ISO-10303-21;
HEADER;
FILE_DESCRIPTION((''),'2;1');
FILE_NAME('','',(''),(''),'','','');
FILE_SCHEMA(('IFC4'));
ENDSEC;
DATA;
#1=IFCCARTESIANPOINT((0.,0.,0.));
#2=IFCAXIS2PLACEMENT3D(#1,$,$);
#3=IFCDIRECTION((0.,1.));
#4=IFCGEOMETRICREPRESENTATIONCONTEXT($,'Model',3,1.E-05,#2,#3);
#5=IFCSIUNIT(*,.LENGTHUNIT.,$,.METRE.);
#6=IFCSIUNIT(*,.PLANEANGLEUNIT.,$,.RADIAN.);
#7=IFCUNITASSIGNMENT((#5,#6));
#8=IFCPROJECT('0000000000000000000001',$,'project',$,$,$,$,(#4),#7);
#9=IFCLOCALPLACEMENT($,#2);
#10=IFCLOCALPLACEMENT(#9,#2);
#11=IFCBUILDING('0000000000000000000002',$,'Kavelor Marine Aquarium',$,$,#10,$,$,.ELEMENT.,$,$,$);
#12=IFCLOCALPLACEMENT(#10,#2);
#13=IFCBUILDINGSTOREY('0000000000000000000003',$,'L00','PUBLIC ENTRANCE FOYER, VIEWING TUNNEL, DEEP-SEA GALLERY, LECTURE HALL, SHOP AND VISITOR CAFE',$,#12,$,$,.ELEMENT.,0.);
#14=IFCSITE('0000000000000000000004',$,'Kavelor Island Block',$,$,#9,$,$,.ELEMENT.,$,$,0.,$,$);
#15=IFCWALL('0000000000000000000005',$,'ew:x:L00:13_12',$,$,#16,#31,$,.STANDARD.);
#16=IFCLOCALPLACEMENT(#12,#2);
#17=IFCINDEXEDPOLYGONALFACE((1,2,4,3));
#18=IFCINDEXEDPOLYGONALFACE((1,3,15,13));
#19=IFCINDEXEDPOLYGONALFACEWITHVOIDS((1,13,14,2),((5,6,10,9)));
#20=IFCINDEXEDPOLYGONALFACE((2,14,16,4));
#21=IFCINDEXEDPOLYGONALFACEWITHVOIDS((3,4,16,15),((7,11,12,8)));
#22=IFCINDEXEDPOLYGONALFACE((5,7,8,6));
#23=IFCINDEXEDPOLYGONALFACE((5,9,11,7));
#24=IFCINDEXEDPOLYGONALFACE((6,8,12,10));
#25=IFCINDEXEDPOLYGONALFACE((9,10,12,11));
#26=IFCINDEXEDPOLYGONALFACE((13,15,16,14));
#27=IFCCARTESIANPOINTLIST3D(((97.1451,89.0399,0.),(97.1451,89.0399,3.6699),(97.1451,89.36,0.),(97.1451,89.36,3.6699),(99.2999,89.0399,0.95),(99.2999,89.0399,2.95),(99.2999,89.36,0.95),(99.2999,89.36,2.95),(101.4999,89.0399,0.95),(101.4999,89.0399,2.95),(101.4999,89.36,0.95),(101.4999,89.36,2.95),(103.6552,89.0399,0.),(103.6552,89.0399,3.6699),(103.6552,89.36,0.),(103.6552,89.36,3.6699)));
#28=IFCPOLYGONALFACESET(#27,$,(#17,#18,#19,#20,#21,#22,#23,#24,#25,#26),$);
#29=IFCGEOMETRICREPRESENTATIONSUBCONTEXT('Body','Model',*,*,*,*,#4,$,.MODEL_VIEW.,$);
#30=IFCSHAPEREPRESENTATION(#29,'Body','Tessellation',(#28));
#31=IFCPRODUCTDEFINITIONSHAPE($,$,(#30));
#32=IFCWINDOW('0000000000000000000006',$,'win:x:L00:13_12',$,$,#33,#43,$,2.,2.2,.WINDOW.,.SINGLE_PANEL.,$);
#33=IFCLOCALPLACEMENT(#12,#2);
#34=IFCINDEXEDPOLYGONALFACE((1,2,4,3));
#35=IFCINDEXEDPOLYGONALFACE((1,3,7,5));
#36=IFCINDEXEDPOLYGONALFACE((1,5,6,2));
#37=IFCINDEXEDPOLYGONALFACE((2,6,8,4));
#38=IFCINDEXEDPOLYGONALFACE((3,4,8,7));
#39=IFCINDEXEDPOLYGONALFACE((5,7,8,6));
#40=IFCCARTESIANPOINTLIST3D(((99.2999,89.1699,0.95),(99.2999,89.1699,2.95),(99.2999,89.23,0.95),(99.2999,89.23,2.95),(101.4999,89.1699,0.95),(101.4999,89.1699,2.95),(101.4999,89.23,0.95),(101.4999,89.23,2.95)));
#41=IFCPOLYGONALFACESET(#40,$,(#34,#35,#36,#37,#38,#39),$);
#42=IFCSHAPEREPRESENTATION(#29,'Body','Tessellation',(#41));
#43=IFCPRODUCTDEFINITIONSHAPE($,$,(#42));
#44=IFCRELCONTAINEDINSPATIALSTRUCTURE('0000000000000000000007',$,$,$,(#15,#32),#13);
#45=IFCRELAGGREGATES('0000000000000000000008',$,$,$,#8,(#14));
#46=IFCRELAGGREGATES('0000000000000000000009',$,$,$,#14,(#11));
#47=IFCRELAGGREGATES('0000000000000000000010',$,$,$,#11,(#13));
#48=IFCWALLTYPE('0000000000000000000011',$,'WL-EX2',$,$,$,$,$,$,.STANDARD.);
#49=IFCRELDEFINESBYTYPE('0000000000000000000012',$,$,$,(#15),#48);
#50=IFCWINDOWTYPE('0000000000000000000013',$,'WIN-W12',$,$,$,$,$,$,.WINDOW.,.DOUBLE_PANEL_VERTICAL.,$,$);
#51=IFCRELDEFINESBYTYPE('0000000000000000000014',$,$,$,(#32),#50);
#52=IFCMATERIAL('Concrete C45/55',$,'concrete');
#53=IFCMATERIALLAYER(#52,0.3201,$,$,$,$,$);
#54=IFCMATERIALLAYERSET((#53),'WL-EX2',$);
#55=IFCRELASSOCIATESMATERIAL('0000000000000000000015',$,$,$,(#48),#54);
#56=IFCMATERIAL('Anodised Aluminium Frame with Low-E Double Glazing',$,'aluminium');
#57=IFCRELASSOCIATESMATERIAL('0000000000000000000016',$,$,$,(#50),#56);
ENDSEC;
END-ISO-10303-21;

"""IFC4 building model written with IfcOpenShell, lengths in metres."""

from ifc_helpers import new_model, si_unit, direction, frame, frame_2d, origin, place, context, subcontext, project, spatial, rectangle, extrude, material, layer, layer_set, type_object, element, fill, save


model = new_model("IFC4")

# Units and contexts
model_context = context("Model", 3, precision=1e-05, world=origin(), true_north=direction((0.0, 1.0)))
body_context = subcontext(model_context, "Body", "Model", "MODEL_VIEW")
ifc_project = project(units=[si_unit("LENGTHUNIT", "METRE"), si_unit("PLANEANGLEUNIT", "RADIAN")], contexts=[model_context])

# Site, building, storey
site_placement = place(None, origin())
site = spatial("IfcSite", under=ifc_project, at=site_placement, Name="Kavelor Island Block", CompositionType="ELEMENT", RefElevation=0.0)
building_placement = place(site_placement, origin())
building = spatial("IfcBuilding", under=site, at=building_placement, Name="Kavelor Marine Aquarium", CompositionType="ELEMENT")
storey_placement = place(building_placement, origin())
storey = spatial("IfcBuildingStorey", under=building, at=storey_placement, Name="L00", Description="PUBLIC ENTRANCE FOYER, VIEWING TUNNEL, DEEP-SEA GALLERY, LECTURE HALL, SHOP AND VISITOR CAFE", CompositionType="ELEMENT", Elevation=0.0)

# Wall, opening, window
ifc_material_1 = material(Name="Concrete C45/55", Category="concrete")
ifc_layer_1 = layer(ifc_material_1, 0.3201)
ifc_layer_set_1 = layer_set([ifc_layer_1], Name="WL-EX2")
wall_type_1 = type_object("IfcWallType", Name="WL-EX2", PredefinedType="STANDARD", material=ifc_layer_set_1)
wall_1_placement = place(storey_placement, frame((103.655, 89.2, 0.0), z_axis=(0.0, 0.0, 1.0), x_axis=(-1.0, 0.0, 0.0)))
wall_1 = element("IfcWall", 1, at=wall_1_placement, inside=storey, type_object=wall_type_1, Name="ew:x:L00:13_12", PredefinedType="STANDARD", context=body_context, shape_type="SweptSolid", body=[
    extrude(rectangle(XDim=6.51, YDim=0.3201, at=frame_2d((3.2549, 0.0))), origin(), (0.0, 0.0, 1.0), 3.6699),
])
opening_1_placement = place(wall_1_placement, frame((2.155, 0.0, 0.95)))
opening_1 = element("IfcOpeningElement", 2, at=opening_1_placement, cuts=wall_1, PredefinedType="OPENING", context=body_context, shape_type="SweptSolid", body=[
    extrude(rectangle(XDim=2.2, YDim=2.0, at=frame_2d((1.1001, 1.0))), frame((0.0, 0.1699, 0.0), z_axis=(0.0, -1.0, 0.0), x_axis=(1.0, 0.0, 0.0)), (0.0, 0.0, 1.0), 0.3401),
])
ifc_material_2 = material(Name="Anodised Aluminium Frame with Low-E Double Glazing", Category="aluminium")
window_type = type_object("IfcWindowType", Name="WIN-W12", PartitioningType="DOUBLE_PANEL_VERTICAL", PredefinedType="WINDOW", material=ifc_material_2)
window_placement = place(opening_1_placement, origin())
window = element("IfcWindow", 3, at=window_placement, inside=storey, type_object=window_type, Name="win:x:L00:13_12", OverallHeight=2.0, OverallWidth=2.2, PartitioningType="SINGLE_PANEL", PredefinedType="WINDOW", context=body_context, shape_type="SweptSolid", body=[
    extrude(rectangle(XDim=2.2, YDim=2.0, at=frame_2d((1.1001, 1.0))), frame((0.0, 0.03, 0.0), z_axis=(0.0, -1.0, 0.0), x_axis=(1.0, 0.0, 0.0)), (0.0, 0.0, 1.0), 0.0601),
])
fill(opening_1, window)

save(model, "model.ifc")
